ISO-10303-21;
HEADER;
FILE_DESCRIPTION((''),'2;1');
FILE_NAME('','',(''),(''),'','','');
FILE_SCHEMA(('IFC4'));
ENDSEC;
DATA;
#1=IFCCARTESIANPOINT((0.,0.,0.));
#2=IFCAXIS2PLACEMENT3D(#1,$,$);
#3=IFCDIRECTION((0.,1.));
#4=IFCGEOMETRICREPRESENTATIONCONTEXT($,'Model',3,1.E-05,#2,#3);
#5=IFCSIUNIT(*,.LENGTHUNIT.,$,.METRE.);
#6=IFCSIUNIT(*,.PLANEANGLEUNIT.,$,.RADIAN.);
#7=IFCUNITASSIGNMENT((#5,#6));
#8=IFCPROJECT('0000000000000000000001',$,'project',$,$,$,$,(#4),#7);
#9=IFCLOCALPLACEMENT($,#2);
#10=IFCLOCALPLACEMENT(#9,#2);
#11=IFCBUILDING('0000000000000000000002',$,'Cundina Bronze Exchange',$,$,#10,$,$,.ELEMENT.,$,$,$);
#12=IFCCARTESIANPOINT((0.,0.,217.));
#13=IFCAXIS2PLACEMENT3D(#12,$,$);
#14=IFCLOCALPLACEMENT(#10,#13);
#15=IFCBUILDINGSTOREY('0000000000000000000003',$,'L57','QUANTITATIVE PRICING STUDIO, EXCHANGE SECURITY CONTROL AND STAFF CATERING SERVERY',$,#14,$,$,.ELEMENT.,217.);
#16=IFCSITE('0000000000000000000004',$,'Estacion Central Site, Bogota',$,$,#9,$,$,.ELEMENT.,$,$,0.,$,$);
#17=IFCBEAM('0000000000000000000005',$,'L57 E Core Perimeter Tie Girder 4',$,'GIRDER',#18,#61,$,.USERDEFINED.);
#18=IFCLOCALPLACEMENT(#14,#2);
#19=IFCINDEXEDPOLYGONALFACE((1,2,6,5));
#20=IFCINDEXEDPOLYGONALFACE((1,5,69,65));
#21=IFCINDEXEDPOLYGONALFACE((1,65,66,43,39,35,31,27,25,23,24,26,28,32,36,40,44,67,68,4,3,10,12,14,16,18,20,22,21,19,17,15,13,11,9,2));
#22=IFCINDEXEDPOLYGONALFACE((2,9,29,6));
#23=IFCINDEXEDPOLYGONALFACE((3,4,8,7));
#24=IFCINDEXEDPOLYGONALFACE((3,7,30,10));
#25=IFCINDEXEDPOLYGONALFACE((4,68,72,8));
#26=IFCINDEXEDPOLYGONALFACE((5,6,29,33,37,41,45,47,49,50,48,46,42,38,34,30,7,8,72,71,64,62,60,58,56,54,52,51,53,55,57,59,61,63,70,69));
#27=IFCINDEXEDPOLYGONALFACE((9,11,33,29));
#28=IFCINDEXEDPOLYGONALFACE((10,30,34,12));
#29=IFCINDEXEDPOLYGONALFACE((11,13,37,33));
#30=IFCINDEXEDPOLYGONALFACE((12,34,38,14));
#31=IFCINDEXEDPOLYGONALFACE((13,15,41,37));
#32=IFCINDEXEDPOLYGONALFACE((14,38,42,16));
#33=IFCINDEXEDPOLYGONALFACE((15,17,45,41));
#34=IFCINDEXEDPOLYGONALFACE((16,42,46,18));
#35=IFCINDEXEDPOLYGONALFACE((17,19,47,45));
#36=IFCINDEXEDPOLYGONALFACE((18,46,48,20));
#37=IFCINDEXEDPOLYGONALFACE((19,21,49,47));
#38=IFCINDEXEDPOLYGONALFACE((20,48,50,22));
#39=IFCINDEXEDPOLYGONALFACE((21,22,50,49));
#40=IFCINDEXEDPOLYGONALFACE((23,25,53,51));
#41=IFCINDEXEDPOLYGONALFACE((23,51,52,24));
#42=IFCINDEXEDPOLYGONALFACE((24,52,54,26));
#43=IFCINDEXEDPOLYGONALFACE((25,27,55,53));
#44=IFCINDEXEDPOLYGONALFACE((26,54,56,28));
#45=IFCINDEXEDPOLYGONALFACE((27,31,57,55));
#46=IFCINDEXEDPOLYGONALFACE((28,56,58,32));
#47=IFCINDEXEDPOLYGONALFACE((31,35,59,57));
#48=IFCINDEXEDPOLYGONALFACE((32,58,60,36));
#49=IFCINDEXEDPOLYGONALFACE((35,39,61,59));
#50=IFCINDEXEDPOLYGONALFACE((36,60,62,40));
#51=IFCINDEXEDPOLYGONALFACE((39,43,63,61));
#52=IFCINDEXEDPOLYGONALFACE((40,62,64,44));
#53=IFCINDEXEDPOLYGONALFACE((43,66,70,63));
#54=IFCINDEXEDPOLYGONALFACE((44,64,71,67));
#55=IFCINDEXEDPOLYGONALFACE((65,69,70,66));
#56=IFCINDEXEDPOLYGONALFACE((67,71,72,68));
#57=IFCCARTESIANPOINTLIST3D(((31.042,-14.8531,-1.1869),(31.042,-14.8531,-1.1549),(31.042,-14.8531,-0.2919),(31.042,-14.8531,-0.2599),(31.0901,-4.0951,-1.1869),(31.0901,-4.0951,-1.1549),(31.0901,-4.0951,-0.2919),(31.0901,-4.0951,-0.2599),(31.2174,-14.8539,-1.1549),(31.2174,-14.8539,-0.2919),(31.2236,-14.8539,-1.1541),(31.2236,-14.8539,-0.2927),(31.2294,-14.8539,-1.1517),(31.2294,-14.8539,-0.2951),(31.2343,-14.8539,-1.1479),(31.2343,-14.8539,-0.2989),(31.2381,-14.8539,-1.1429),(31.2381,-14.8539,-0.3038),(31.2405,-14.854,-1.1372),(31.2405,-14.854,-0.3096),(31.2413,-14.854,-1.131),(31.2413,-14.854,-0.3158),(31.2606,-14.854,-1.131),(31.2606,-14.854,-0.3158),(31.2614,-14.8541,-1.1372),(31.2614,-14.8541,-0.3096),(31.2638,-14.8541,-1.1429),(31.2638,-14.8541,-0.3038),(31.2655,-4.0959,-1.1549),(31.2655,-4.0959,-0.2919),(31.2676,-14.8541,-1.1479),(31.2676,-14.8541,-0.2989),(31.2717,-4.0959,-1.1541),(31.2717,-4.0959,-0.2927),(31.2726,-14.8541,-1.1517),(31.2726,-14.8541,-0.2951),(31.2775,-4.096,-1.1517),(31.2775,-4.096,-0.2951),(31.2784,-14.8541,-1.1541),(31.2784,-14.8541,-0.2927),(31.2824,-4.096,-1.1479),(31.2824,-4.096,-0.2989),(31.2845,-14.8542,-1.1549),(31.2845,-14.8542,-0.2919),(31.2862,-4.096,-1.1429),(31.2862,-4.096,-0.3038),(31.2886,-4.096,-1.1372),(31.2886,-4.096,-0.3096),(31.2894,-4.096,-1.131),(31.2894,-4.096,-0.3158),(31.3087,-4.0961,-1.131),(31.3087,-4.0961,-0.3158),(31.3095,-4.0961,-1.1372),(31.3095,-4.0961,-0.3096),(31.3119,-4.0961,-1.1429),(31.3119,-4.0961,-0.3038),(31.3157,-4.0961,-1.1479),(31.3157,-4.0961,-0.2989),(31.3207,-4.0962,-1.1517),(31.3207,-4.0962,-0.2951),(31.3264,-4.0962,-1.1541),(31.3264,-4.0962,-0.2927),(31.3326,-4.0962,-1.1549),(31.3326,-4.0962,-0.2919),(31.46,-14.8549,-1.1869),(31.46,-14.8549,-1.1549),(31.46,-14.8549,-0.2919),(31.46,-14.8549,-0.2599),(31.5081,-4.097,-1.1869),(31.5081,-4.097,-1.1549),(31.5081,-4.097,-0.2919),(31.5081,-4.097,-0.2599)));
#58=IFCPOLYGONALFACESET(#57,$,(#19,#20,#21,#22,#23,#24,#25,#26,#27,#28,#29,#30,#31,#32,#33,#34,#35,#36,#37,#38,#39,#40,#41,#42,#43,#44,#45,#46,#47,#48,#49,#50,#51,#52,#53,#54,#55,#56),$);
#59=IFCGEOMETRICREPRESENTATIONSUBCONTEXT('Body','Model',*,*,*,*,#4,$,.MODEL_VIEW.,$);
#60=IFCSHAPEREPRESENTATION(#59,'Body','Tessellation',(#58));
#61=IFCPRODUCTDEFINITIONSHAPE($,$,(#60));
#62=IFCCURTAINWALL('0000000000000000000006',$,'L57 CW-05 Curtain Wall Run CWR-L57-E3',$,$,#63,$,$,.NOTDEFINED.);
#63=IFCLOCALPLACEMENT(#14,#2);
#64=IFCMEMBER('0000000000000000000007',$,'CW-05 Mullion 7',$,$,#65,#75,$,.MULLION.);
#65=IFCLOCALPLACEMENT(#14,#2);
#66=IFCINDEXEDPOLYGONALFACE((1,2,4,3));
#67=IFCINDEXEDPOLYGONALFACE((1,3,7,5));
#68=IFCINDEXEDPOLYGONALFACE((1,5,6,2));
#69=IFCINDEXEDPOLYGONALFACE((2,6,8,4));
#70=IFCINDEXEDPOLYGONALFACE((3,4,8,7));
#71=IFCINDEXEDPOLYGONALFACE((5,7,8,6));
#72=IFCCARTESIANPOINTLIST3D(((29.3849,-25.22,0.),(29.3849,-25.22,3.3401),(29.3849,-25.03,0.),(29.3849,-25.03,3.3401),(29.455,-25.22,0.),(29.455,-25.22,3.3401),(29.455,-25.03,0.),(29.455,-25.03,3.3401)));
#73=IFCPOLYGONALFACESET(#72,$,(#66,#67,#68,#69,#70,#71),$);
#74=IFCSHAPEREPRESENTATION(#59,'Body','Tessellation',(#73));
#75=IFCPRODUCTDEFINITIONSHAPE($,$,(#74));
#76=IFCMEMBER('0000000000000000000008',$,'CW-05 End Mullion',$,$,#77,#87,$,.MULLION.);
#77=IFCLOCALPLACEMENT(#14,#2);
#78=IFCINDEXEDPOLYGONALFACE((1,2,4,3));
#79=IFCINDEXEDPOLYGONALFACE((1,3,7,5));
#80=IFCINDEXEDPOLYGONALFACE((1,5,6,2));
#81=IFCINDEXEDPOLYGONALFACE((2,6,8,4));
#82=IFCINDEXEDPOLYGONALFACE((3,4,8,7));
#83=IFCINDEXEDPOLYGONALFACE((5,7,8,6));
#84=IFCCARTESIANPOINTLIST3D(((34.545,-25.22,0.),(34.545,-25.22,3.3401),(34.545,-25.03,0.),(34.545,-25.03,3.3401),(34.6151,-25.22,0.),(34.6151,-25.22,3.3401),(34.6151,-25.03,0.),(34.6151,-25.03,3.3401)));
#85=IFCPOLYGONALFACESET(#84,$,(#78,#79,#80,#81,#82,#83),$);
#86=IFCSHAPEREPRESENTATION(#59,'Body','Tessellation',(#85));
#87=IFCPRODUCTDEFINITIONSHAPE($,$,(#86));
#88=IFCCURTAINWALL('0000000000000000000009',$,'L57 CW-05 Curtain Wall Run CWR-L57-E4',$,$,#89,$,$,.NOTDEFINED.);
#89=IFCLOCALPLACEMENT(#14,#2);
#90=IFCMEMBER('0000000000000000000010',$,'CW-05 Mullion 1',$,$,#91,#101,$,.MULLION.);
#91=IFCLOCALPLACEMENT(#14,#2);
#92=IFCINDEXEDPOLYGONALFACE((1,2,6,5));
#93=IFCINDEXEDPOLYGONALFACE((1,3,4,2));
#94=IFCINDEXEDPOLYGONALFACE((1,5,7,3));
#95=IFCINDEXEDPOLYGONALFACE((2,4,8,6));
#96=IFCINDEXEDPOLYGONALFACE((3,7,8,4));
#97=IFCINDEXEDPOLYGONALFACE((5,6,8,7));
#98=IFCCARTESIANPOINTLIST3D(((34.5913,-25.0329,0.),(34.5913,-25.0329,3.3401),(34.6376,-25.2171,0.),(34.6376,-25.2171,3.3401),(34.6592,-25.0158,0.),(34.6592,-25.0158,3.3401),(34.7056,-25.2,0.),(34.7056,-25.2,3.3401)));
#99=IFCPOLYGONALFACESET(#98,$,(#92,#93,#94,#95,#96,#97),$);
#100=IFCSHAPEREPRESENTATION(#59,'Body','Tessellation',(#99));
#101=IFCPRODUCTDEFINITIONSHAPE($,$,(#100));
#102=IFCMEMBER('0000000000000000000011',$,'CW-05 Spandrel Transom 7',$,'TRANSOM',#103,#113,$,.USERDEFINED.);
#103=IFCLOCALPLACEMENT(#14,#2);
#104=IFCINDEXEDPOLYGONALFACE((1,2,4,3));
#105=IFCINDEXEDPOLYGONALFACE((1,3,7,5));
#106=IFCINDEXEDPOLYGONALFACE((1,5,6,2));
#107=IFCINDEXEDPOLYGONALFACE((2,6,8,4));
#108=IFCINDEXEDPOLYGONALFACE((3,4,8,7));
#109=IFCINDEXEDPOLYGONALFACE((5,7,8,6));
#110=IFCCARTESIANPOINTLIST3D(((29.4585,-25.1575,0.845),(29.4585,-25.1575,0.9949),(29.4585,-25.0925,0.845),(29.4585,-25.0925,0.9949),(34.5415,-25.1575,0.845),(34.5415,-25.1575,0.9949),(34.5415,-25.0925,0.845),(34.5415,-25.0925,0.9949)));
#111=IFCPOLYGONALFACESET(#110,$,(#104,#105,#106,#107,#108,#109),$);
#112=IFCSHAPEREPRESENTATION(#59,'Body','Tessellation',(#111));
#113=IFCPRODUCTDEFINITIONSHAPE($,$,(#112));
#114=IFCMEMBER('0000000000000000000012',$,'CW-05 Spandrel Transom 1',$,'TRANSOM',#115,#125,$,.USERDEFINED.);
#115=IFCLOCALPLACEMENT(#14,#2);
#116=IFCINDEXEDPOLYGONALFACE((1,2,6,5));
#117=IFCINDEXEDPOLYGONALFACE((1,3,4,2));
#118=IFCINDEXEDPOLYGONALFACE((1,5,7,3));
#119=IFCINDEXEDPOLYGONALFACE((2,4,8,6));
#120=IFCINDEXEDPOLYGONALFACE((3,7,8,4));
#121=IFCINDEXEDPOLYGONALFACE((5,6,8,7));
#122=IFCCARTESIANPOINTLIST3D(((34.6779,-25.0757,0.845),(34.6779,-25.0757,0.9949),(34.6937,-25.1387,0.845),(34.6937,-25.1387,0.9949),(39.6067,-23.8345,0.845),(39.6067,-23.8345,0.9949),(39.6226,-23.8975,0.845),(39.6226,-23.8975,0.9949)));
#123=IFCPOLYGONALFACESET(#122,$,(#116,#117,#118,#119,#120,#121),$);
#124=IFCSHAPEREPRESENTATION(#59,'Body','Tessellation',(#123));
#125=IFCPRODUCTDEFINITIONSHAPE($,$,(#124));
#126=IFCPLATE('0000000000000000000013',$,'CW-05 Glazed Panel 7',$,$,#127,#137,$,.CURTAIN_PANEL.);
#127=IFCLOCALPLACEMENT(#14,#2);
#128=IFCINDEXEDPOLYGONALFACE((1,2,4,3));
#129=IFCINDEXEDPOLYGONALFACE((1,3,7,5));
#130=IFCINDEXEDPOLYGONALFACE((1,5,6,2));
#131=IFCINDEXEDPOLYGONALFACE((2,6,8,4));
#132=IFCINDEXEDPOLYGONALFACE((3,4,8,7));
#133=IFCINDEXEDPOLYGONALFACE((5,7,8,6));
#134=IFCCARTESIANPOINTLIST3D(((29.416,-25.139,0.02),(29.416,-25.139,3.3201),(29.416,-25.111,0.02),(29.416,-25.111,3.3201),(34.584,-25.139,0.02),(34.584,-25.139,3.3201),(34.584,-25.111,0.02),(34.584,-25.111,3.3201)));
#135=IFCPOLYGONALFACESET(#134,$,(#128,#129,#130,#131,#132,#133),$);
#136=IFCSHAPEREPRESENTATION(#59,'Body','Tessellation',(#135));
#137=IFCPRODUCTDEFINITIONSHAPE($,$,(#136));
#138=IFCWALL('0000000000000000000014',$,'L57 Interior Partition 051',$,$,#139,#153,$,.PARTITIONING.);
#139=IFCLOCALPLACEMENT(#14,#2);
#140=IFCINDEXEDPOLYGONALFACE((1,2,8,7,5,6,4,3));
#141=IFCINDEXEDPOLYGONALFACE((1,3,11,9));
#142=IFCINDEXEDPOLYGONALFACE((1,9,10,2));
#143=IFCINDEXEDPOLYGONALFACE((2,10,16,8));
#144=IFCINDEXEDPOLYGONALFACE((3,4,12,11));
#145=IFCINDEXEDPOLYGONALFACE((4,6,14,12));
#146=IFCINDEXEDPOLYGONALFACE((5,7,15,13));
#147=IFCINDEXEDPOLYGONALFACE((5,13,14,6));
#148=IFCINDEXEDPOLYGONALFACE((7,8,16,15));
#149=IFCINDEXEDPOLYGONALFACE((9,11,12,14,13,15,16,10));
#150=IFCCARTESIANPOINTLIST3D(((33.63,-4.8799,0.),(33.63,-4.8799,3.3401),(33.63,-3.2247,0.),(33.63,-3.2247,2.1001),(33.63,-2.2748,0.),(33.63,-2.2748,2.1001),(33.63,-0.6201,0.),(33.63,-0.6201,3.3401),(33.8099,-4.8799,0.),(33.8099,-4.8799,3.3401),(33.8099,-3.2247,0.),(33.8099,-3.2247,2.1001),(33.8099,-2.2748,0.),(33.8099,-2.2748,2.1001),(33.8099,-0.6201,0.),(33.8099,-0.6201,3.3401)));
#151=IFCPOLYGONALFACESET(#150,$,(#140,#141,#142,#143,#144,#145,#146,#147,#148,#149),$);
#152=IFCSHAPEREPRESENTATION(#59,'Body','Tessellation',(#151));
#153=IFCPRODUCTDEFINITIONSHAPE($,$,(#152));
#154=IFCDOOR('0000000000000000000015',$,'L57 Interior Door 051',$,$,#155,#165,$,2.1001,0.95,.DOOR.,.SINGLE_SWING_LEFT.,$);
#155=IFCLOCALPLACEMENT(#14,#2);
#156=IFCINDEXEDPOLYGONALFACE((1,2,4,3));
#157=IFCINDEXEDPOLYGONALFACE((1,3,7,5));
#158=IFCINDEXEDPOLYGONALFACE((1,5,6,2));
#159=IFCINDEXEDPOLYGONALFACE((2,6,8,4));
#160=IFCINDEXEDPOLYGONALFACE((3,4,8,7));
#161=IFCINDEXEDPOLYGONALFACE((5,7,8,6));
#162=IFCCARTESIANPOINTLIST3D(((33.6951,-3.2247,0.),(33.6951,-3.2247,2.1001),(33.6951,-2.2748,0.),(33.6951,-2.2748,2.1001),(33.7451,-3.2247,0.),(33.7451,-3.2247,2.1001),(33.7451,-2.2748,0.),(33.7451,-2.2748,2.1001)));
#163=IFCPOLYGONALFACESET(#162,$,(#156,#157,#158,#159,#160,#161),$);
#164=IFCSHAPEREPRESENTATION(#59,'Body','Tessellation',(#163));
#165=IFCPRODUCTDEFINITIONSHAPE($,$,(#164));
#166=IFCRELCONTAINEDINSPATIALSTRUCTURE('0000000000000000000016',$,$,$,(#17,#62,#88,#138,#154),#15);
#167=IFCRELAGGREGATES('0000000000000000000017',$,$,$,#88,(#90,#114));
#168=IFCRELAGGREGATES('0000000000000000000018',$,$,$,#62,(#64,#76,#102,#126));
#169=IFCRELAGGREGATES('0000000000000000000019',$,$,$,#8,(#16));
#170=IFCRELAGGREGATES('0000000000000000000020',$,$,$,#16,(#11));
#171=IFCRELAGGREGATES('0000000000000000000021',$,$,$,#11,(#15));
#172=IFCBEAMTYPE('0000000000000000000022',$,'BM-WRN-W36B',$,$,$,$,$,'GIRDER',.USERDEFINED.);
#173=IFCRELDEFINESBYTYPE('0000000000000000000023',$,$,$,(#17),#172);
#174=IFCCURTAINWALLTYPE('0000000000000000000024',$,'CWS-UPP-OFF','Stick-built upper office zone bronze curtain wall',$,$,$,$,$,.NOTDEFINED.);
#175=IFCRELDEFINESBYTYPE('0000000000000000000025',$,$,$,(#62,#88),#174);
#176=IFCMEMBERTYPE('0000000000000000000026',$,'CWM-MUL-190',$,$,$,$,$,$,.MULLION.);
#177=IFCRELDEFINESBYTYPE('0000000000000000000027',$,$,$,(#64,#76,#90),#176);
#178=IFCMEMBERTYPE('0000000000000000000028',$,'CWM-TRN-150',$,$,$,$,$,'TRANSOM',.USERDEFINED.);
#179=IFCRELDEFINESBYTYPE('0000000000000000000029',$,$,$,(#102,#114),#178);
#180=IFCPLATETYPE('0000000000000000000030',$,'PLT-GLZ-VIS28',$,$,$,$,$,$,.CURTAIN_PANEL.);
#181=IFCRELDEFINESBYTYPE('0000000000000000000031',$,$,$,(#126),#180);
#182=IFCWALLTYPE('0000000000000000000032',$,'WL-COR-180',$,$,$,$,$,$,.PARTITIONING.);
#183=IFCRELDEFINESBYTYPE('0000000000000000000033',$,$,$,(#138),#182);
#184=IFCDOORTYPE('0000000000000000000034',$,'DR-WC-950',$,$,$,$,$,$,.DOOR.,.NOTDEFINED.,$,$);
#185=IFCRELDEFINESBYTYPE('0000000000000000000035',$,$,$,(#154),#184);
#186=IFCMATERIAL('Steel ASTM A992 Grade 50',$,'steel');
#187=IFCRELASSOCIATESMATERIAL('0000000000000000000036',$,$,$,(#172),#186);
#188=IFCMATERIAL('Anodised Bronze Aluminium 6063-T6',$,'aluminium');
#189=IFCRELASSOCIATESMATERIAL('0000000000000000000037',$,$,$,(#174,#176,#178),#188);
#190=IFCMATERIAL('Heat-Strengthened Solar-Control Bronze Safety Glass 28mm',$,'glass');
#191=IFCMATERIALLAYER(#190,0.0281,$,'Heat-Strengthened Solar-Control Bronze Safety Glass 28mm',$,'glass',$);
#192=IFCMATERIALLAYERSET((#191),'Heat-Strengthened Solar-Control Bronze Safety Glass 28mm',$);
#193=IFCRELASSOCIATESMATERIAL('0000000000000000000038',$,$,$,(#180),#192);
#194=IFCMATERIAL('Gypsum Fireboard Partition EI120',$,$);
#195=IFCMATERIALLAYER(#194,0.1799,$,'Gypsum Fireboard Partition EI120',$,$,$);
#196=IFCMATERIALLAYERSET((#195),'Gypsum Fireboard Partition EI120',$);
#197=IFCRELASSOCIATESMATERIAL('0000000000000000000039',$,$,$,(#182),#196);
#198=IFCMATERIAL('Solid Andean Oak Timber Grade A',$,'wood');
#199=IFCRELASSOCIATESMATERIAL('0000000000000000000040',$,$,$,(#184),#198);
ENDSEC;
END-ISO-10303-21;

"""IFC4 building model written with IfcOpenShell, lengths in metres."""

from ifc_helpers import new_model, si_unit, direction, frame, frame_2d, origin, origin_2d, place, context, subcontext, project, spatial, rectangle, i_section, extrude, material, layer, layer_set, material_profile, profile_set, type_object, element, fill, aggregate, save


model = new_model("IFC4")

# Units and contexts
model_context = context("Model", 3, precision=1e-05, world=origin(), true_north=direction((0.0, 1.0)))
body_context = subcontext(model_context, "Body", "Model", "MODEL_VIEW")
ifc_project = project(units=[si_unit("LENGTHUNIT", "METRE"), si_unit("PLANEANGLEUNIT", "RADIAN")], contexts=[model_context])

# Site, building, storey
site_placement = place(None, origin())
site = spatial("IfcSite", under=ifc_project, at=site_placement, Name="Estacion Central Site, Bogota", CompositionType="ELEMENT", RefElevation=0.0)
building_placement = place(site_placement, origin())
building = spatial("IfcBuilding", under=site, at=building_placement, Name="Cundina Bronze Exchange", CompositionType="ELEMENT")
storey_placement = place(building_placement, frame((0.0, 0.0, 217.0)))
storey = spatial("IfcBuildingStorey", under=building, at=storey_placement, Name="L57", Description="QUANTITATIVE PRICING STUDIO, EXCHANGE SECURITY CONTROL AND STAFF CATERING SERVERY", CompositionType="ELEMENT", Elevation=217.0)

# Shared definitions
ifc_material_1 = material(Name="Steel ASTM A992 Grade 50", Category="steel")

# Beam
ifc_material_profile_1 = material_profile(ifc_material_1, i_section(OverallWidth=0.418, OverallDepth=0.927, WebThickness=0.0193, FlangeThickness=0.032, FilletRadius=0.0239, at=origin_2d()), Name="W36X231", Category="steel")
ifc_profile_set_1 = profile_set([ifc_material_profile_1], Name="Steel ASTM A992 Grade 50")
beam_type_1 = type_object("IfcBeamType", Name="BM-WRN-W36B", ElementType="GIRDER", PredefinedType="USERDEFINED", material=ifc_profile_set_1)
beam_1_placement = place(storey_placement, frame((31.251, -14.854, -0.7234), z_axis=(0.004471, 0.99999, 0.0), x_axis=(-0.99999, 0.004471, 0.0)))
element("IfcBeam", 1, at=beam_1_placement, inside=storey, type_object=beam_type_1, Name="L57 E Core Perimeter Tie Girder 4", ObjectType="GIRDER", PredefinedType="USERDEFINED", context=body_context, shape_type="SweptSolid", body=[
    extrude(i_section(OverallWidth=0.418, OverallDepth=0.927, WebThickness=0.0193, FlangeThickness=0.032, FilletRadius=0.0239, at=origin_2d()), origin(), (0.0, 0.0, 1.0), 10.7581),
])

# Curtain wall, members
ifc_material_2 = material(Name="Anodised Bronze Aluminium 6063-T6", Category="aluminium")
curtain_wall_type = type_object("IfcCurtainWallType", Name="CWS-UPP-OFF", Description="Stick-built upper office zone bronze curtain wall", PredefinedType="NOTDEFINED", material=ifc_material_2)
curtain_wall_1_placement = place(storey_placement, origin())
curtain_wall_1 = element("IfcCurtainWall", 2, at=curtain_wall_1_placement, inside=storey, type_object=curtain_wall_type, Name="L57 CW-05 Curtain Wall Run CWR-L57-E3", PredefinedType="NOTDEFINED")
ifc_material_profile_2 = material_profile(ifc_material_2, rectangle(XDim=0.0701, YDim=0.1899, at=origin_2d()), Name="AL70X190", Category="aluminium")
ifc_profile_set_2 = profile_set([ifc_material_profile_2], Name="Anodised Bronze Aluminium 6063-T6")
member_type_1 = type_object("IfcMemberType", Name="CWM-MUL-190", PredefinedType="MULLION", material=ifc_profile_set_2)
member_1_placement = place(storey_placement, frame((29.4199, -25.125, 0.0), z_axis=(0.0, 0.0, 1.0), x_axis=(1.0, 0.0, 0.0)))
member_1 = element("IfcMember", 3, at=member_1_placement, type_object=member_type_1, Name="CW-05 Mullion 7", PredefinedType="MULLION", context=body_context, shape_type="SweptSolid", body=[
    extrude(rectangle(XDim=0.0701, YDim=0.1899, at=origin_2d()), origin(), (0.0, 0.0, 1.0), 3.3401),
])
member_2_placement = place(storey_placement, frame((34.5801, -25.125, 0.0), z_axis=(0.0, 0.0, 1.0), x_axis=(1.0, 0.0, 0.0)))
member_2 = element("IfcMember", 4, at=member_2_placement, type_object=member_type_1, Name="CW-05 End Mullion", PredefinedType="MULLION", context=body_context, shape_type="SweptSolid", body=[
    extrude(rectangle(XDim=0.0701, YDim=0.1899, at=origin_2d()), origin(), (0.0, 0.0, 1.0), 3.3401),
])

# Curtain wall, member
curtain_wall_2_placement = place(storey_placement, origin())
curtain_wall_2 = element("IfcCurtainWall", 5, at=curtain_wall_2_placement, inside=storey, type_object=curtain_wall_type, Name="L57 CW-05 Curtain Wall Run CWR-L57-E4", PredefinedType="NOTDEFINED")
member_3_placement = place(storey_placement, frame((34.6484, -25.1165, 0.0), z_axis=(0.0, 0.0, 1.0), x_axis=(0.969744, 0.244123, 0.0)))
member_3 = element("IfcMember", 6, at=member_3_placement, type_object=member_type_1, Name="CW-05 Mullion 1", PredefinedType="MULLION", context=body_context, shape_type="SweptSolid", body=[
    extrude(rectangle(XDim=0.0701, YDim=0.1899, at=origin_2d()), origin(), (0.0, 0.0, 1.0), 3.3401),
])

# Members
ifc_material_profile_3 = material_profile(ifc_material_2, rectangle(XDim=0.0649, YDim=0.1499, at=origin_2d()), Name="AL65X150", Category="aluminium")
ifc_profile_set_3 = profile_set([ifc_material_profile_3], Name="Anodised Bronze Aluminium 6063-T6")
member_type_2 = type_object("IfcMemberType", Name="CWM-TRN-150", ElementType="TRANSOM", PredefinedType="USERDEFINED", material=ifc_profile_set_3)
member_4_placement = place(storey_placement, frame((29.4585, -25.125, 0.9199), z_axis=(1.0, 0.0, 0.0), x_axis=(0.0, 1.0, 0.0)))
member_4 = element("IfcMember", 7, at=member_4_placement, type_object=member_type_2, Name="CW-05 Spandrel Transom 7", ObjectType="TRANSOM", PredefinedType="USERDEFINED", context=body_context, shape_type="SweptSolid", body=[
    extrude(rectangle(XDim=0.0649, YDim=0.1499, at=origin_2d()), origin(), (0.0, 0.0, 1.0), 5.083),
])
member_5_placement = place(storey_placement, frame((34.6858, -25.1072, 0.9199), z_axis=(0.969726, 0.244197, 0.0), x_axis=(-0.244197, 0.969726, 0.0)))
member_5 = element("IfcMember", 8, at=member_5_placement, type_object=member_type_2, Name="CW-05 Spandrel Transom 1", ObjectType="TRANSOM", PredefinedType="USERDEFINED", context=body_context, shape_type="SweptSolid", body=[
    extrude(rectangle(XDim=0.0649, YDim=0.1499, at=origin_2d()), origin(), (0.0, 0.0, 1.0), 5.0828),
])
aggregate(curtain_wall_2, [member_3, member_5])

# Plate
ifc_material_3 = material(Name="Heat-Strengthened Solar-Control Bronze Safety Glass 28mm", Category="glass")
ifc_layer_1 = layer(ifc_material_3, 0.0281, Name="Heat-Strengthened Solar-Control Bronze Safety Glass 28mm", Category="glass")
ifc_layer_set_1 = layer_set([ifc_layer_1], Name="Heat-Strengthened Solar-Control Bronze Safety Glass 28mm")
plate_type = type_object("IfcPlateType", Name="PLT-GLZ-VIS28", PredefinedType="CURTAIN_PANEL", material=ifc_layer_set_1)
plate_placement = place(storey_placement, frame((32.0, -25.125, 0.02), z_axis=(0.0, 0.0, 1.0), x_axis=(1.0, 0.0, 0.0)))
plate = element("IfcPlate", 9, at=plate_placement, type_object=plate_type, Name="CW-05 Glazed Panel 7", PredefinedType="CURTAIN_PANEL", context=body_context, shape_type="SweptSolid", body=[
    extrude(rectangle(XDim=5.168, YDim=0.0281, at=origin_2d()), origin(), (0.0, 0.0, 1.0), 3.3),
])
aggregate(curtain_wall_1, [member_1, member_2, member_4, plate])

# Wall, opening, door
ifc_material_4 = material(Name="Gypsum Fireboard Partition EI120")
ifc_layer_2 = layer(ifc_material_4, 0.1799, Name="Gypsum Fireboard Partition EI120")
ifc_layer_set_2 = layer_set([ifc_layer_2], Name="Gypsum Fireboard Partition EI120")
wall_type_1 = type_object("IfcWallType", Name="WL-COR-180", PredefinedType="PARTITIONING", material=ifc_layer_set_2)
wall_1_placement = place(storey_placement, frame((33.72, -4.8799, 0.0), z_axis=(0.0, 0.0, 1.0), x_axis=(0.0, 1.0, 0.0)))
wall_1 = element("IfcWall", 10, at=wall_1_placement, inside=storey, type_object=wall_type_1, Name="L57 Interior Partition 051", PredefinedType="PARTITIONING", context=body_context, shape_type="SweptSolid", body=[
    extrude(rectangle(XDim=4.2598, YDim=0.1799, at=frame_2d((2.1299, 0.0))), origin(), (0.0, 0.0, 1.0), 3.3401),
])
opening_1_placement = place(wall_1_placement, frame((1.655, 0.0, 0.0)))
opening_1 = element("IfcOpeningElement", 11, at=opening_1_placement, cuts=wall_1, PredefinedType="OPENING", context=body_context, shape_type="SweptSolid", body=[
    extrude(rectangle(XDim=0.95, YDim=2.1001, at=frame_2d((0.4751, 1.05))), frame((0.0, 0.0999, 0.0), z_axis=(0.0, -1.0, 0.0), x_axis=(1.0, 0.0, 0.0)), (0.0, 0.0, 1.0), 0.2),
])
ifc_material_5 = material(Name="Solid Andean Oak Timber Grade A", Category="wood")
door_type_1 = type_object("IfcDoorType", Name="DR-WC-950", OperationType="NOTDEFINED", PredefinedType="DOOR", material=ifc_material_5)
door_1_placement = place(opening_1_placement, origin())
door_1 = element("IfcDoor", 12, at=door_1_placement, inside=storey, type_object=door_type_1, Name="L57 Interior Door 051", OperationType="SINGLE_SWING_LEFT", OverallHeight=2.1001, OverallWidth=0.95, PredefinedType="DOOR", context=body_context, shape_type="SweptSolid", body=[
    extrude(rectangle(XDim=0.95, YDim=2.1001, at=frame_2d((0.4751, 1.05))), frame((0.0, 0.0249, 0.0), z_axis=(0.0, -1.0, 0.0), x_axis=(1.0, 0.0, 0.0)), (0.0, 0.0, 1.0), 0.05),
])
fill(opening_1, door_1)

save(model, "model.ifc")
